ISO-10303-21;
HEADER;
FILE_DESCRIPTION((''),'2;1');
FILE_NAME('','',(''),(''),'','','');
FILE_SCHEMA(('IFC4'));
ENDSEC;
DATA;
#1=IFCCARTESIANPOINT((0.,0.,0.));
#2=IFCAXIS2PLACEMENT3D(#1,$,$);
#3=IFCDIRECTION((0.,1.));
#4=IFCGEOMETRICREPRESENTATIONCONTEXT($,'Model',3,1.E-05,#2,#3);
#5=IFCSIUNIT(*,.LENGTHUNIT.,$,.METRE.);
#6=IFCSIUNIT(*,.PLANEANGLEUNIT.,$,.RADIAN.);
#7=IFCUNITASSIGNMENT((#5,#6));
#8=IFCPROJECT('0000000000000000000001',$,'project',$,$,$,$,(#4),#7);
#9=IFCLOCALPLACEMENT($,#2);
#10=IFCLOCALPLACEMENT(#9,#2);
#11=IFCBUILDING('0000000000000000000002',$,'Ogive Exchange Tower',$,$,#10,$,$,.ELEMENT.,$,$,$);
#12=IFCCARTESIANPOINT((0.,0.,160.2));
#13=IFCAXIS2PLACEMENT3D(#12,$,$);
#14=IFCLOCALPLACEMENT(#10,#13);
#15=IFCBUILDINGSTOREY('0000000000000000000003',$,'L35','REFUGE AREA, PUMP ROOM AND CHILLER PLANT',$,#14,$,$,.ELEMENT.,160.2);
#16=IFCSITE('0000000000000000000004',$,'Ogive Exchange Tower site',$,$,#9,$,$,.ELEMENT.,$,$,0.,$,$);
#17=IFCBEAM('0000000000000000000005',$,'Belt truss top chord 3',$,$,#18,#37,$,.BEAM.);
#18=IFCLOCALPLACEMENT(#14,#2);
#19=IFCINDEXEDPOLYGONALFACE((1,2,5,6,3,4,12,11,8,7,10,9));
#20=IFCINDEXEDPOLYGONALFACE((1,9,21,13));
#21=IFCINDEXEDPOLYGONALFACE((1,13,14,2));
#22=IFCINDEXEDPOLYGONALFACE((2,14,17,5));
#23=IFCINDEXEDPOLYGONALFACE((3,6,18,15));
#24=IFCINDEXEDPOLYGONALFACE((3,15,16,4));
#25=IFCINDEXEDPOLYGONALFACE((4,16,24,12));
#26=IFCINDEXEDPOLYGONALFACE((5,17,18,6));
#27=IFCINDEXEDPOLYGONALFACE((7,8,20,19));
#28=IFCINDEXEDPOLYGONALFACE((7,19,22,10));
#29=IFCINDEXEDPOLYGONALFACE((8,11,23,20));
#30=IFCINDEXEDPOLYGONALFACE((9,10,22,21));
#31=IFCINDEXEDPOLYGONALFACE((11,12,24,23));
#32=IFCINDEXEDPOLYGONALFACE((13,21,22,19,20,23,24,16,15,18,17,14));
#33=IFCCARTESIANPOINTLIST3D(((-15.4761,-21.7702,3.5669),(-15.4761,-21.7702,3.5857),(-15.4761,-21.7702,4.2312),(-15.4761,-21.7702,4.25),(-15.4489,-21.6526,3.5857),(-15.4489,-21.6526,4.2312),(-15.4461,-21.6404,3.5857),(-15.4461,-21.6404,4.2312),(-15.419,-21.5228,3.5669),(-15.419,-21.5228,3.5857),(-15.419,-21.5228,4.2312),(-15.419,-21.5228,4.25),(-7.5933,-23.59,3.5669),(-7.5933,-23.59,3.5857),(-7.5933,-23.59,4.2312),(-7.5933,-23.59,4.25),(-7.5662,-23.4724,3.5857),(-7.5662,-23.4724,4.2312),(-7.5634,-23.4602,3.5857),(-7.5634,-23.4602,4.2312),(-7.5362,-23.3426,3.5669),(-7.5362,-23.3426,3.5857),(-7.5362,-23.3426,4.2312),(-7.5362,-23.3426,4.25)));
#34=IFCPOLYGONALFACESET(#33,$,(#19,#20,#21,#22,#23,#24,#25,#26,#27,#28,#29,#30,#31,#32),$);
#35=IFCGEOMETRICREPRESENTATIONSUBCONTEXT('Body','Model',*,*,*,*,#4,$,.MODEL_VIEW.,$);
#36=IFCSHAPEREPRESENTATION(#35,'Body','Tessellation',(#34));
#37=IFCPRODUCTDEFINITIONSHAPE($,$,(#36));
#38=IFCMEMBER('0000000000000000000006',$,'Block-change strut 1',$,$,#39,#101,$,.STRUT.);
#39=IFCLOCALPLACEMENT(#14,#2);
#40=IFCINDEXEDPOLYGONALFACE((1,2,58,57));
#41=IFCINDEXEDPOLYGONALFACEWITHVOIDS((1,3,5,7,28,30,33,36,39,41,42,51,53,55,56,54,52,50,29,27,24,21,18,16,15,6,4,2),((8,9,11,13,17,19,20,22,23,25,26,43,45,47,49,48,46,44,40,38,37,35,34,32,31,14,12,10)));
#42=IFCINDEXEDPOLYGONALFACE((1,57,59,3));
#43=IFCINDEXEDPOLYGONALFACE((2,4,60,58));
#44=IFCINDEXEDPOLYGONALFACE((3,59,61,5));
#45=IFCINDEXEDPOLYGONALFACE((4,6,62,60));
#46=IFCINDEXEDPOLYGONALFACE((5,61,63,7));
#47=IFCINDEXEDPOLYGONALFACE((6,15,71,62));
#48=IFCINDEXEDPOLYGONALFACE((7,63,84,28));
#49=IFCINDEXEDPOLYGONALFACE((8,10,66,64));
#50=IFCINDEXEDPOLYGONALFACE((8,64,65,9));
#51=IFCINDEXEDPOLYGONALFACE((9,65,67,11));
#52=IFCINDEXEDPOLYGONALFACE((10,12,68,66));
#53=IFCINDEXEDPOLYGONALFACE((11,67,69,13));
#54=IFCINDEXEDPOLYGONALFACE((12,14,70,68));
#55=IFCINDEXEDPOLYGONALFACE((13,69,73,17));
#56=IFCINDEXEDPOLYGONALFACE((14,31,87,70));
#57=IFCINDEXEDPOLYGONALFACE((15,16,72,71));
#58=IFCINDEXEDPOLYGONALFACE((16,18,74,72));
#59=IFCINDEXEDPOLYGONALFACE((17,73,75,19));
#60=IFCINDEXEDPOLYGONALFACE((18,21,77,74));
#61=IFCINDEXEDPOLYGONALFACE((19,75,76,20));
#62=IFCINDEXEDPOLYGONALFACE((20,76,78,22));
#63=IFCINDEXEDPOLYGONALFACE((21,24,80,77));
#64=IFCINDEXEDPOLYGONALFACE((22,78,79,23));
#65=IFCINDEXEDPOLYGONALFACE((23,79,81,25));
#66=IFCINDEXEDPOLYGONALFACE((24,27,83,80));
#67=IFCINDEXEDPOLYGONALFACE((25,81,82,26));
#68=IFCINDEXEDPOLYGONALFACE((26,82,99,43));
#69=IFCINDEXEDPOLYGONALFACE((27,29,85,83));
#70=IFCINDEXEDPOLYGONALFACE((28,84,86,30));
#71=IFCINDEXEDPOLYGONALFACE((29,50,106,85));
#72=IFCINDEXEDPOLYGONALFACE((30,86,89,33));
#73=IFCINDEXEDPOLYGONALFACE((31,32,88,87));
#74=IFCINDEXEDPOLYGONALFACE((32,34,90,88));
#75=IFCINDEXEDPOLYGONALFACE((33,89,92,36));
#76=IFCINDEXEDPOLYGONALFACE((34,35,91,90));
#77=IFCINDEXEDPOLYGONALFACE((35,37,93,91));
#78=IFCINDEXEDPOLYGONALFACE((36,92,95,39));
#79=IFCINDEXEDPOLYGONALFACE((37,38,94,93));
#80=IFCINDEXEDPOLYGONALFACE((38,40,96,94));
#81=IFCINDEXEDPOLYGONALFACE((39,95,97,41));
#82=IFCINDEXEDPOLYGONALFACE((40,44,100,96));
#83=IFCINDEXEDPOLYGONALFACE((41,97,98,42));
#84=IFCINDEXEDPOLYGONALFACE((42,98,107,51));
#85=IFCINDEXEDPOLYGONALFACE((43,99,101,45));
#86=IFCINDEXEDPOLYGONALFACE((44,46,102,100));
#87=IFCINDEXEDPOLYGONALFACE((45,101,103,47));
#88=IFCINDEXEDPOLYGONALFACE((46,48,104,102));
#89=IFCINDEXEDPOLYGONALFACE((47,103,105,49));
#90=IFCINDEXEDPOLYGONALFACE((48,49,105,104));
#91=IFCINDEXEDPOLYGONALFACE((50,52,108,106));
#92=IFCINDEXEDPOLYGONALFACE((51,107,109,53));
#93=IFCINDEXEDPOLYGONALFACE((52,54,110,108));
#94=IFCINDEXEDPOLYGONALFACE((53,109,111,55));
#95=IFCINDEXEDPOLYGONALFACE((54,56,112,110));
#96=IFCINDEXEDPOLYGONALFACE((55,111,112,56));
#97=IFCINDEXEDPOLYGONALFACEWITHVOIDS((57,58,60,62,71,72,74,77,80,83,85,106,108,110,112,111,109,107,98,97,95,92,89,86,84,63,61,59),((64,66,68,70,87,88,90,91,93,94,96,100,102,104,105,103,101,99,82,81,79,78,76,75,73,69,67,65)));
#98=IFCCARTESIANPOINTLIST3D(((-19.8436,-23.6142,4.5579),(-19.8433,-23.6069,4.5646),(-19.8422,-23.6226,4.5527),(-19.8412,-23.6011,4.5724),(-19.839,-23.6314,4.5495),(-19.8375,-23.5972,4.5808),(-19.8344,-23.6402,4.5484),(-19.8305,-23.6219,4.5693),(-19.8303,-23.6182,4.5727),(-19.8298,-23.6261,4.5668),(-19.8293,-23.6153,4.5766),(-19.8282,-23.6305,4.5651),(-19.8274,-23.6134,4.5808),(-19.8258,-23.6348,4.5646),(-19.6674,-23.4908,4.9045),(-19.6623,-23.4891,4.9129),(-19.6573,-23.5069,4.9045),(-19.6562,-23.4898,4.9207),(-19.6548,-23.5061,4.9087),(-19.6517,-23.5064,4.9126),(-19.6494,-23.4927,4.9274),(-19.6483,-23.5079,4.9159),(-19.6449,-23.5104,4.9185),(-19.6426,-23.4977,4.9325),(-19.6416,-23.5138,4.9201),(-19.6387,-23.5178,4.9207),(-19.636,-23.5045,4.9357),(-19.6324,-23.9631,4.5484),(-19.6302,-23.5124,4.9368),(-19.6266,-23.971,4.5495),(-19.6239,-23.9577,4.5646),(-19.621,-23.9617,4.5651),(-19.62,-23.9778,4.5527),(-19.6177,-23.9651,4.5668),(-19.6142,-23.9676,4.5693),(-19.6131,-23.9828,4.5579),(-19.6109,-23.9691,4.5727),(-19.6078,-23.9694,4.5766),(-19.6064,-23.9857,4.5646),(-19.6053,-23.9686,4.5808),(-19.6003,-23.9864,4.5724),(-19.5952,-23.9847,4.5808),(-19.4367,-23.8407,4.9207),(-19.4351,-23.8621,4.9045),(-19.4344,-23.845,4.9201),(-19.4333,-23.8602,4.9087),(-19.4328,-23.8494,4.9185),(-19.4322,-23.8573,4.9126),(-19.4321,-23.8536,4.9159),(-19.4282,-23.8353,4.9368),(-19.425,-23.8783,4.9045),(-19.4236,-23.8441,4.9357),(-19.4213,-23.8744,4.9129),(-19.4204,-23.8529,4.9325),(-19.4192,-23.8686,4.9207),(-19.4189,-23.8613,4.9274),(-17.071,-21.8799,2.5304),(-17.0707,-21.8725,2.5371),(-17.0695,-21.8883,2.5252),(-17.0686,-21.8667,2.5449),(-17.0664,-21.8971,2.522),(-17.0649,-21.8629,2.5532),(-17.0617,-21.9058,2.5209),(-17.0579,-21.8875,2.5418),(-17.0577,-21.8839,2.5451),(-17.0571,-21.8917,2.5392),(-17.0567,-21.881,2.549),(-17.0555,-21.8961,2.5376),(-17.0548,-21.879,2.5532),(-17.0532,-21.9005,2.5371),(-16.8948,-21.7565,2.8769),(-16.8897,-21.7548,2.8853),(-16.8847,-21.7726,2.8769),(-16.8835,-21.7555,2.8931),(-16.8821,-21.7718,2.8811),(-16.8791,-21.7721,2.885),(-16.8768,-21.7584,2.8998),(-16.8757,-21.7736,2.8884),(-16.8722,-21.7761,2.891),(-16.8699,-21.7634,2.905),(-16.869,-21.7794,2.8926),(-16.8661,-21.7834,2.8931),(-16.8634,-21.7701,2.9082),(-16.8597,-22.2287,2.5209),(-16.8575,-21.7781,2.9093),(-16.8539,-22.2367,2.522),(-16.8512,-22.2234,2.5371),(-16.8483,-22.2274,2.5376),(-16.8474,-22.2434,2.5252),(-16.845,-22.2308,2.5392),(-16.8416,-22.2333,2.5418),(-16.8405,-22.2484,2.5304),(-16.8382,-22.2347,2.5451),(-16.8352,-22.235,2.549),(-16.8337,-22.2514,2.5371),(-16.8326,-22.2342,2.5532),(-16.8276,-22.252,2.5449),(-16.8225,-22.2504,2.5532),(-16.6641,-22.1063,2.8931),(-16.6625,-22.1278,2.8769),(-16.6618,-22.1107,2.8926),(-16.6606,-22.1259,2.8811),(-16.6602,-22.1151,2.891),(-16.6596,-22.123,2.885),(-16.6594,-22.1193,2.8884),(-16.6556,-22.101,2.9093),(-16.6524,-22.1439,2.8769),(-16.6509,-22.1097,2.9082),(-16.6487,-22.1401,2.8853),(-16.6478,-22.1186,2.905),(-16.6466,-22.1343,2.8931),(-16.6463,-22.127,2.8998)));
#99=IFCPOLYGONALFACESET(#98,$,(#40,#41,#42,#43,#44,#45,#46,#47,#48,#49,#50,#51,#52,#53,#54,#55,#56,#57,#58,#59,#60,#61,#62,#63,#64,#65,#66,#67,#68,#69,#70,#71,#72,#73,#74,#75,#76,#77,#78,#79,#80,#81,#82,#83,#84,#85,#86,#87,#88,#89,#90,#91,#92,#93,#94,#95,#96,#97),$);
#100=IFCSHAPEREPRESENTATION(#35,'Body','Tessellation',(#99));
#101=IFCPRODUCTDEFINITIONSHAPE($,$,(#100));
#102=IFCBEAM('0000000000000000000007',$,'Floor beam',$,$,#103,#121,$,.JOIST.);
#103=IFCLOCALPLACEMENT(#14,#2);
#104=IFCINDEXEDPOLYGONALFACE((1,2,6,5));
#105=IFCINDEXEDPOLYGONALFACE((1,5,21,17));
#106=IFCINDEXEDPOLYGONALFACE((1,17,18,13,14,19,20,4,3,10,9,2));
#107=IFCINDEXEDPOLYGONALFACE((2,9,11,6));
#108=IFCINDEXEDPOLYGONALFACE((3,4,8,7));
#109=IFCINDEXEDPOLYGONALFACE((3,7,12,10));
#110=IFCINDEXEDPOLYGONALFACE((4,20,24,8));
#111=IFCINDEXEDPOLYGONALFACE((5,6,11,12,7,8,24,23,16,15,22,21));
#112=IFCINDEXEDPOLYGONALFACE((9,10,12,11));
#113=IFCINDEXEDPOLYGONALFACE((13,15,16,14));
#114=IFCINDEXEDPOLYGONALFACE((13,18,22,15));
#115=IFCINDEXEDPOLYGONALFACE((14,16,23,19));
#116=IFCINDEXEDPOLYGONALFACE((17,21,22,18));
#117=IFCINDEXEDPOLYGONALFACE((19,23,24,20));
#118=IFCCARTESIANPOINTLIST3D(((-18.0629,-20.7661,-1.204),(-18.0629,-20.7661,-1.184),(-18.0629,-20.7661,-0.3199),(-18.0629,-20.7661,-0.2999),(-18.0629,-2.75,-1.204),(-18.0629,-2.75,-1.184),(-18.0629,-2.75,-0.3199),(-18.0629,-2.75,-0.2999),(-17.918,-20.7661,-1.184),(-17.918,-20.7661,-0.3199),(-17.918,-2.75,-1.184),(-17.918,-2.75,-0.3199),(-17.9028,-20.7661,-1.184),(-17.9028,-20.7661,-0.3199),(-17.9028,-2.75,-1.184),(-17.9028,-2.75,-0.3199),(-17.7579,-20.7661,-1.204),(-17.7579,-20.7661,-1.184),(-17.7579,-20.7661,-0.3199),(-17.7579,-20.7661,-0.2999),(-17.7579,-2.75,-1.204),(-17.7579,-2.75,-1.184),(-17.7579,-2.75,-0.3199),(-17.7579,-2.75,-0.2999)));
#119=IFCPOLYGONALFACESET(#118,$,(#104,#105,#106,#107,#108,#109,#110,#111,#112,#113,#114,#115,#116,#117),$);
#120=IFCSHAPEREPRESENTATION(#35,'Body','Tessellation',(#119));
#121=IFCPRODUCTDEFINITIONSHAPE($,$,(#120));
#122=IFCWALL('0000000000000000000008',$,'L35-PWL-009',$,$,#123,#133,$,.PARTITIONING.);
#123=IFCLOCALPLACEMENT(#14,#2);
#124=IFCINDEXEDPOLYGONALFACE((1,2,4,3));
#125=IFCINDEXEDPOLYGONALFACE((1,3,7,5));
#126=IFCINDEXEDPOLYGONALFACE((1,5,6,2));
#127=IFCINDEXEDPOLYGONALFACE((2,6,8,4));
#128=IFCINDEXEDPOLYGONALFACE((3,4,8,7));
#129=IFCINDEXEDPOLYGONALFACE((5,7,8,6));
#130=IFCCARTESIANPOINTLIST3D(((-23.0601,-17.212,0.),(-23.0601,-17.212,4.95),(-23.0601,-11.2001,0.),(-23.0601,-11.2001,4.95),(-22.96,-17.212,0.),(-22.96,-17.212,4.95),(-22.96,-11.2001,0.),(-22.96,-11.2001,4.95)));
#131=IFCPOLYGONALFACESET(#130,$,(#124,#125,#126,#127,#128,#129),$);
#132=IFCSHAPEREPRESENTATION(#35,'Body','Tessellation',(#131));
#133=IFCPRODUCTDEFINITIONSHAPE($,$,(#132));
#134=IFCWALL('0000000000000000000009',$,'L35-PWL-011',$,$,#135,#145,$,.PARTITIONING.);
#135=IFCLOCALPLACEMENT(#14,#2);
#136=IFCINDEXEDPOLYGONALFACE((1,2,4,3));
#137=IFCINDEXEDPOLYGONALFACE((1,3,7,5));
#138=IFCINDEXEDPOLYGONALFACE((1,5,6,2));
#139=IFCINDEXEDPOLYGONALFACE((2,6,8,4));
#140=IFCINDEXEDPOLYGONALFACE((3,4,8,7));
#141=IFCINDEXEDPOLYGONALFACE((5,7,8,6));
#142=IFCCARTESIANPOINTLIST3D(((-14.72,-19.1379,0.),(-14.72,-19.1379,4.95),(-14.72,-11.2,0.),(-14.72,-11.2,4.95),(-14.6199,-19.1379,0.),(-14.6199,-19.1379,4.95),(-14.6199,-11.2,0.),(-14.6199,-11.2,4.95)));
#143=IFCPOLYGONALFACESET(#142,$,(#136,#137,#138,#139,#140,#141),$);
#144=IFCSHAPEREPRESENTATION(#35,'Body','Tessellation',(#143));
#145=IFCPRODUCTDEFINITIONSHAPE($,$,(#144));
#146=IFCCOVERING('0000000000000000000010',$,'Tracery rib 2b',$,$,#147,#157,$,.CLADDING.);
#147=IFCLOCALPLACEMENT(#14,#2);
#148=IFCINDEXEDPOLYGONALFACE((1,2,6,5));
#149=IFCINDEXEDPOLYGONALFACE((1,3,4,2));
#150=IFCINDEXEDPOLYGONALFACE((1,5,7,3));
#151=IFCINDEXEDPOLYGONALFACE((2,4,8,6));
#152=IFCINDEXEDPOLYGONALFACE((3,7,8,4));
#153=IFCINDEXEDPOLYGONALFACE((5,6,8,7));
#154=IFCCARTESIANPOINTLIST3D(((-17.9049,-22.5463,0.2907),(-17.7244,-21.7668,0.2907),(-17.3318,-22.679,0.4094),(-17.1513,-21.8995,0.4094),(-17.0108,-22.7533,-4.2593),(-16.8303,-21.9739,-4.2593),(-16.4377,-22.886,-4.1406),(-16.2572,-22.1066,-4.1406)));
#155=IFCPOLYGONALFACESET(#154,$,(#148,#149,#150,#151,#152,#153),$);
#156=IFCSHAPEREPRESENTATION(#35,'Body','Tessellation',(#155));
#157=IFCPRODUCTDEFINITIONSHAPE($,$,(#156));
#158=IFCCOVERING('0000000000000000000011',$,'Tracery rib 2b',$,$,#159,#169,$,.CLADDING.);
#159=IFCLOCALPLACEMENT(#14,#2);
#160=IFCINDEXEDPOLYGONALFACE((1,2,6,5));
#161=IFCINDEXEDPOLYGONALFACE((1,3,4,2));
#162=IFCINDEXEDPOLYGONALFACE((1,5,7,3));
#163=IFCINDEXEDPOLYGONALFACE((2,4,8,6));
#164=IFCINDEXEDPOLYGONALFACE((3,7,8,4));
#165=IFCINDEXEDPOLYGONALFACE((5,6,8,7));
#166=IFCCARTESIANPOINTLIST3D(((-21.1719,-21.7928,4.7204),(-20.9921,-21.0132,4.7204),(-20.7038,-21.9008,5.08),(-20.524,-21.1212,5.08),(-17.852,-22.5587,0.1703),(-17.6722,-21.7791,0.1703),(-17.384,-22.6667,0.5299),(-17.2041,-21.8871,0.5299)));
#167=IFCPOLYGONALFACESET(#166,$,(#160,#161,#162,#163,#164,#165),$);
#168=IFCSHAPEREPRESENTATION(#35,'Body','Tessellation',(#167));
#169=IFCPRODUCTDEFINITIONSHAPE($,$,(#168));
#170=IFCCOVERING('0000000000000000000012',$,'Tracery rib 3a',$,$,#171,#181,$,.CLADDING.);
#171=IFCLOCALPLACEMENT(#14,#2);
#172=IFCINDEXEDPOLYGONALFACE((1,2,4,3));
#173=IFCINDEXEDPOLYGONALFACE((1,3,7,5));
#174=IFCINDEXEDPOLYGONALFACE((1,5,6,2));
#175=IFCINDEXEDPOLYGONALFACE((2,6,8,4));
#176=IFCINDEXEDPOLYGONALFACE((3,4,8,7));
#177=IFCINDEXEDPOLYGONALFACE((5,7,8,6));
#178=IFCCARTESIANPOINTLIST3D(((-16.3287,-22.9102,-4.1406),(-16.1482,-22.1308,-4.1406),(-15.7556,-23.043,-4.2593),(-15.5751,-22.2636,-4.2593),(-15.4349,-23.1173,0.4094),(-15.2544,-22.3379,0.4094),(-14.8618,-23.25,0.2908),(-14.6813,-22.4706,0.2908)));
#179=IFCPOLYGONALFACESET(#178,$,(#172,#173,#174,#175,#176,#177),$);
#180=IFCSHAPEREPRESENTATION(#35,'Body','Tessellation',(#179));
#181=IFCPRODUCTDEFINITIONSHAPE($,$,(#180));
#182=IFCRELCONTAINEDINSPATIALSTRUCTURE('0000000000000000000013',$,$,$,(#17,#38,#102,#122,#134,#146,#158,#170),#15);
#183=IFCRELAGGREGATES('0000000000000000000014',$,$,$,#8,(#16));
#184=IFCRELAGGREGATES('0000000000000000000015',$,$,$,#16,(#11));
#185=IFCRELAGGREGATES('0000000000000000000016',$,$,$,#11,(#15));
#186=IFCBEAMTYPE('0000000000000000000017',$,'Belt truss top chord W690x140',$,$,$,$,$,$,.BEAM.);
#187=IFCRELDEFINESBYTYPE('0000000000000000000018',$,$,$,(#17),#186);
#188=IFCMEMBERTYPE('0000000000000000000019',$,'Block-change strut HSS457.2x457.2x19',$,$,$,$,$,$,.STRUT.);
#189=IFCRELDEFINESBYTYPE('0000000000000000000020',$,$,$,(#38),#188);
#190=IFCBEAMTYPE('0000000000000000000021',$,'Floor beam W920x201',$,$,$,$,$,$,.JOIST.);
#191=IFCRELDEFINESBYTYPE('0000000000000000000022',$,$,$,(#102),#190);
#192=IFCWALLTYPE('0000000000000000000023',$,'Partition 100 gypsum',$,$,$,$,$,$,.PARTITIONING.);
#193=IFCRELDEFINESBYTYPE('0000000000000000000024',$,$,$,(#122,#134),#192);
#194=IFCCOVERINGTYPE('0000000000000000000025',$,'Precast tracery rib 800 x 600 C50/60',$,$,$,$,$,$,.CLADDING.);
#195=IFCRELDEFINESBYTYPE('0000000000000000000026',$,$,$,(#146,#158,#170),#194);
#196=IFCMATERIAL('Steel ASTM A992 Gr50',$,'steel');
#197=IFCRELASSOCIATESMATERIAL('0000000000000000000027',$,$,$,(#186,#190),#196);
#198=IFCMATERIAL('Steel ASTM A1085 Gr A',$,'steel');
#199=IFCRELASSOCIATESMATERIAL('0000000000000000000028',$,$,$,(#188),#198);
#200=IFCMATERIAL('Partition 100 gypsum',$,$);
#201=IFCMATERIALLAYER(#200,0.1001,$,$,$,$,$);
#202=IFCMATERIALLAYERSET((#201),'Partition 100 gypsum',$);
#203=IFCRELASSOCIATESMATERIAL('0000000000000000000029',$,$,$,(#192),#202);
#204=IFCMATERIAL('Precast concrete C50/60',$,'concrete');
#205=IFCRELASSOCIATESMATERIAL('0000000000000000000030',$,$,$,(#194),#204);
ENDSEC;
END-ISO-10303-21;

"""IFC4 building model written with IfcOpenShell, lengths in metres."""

from ifc_helpers import new_model, si_unit, direction, frame, frame_2d, origin, origin_2d, place, context, subcontext, project, spatial, rectangle, hollow_rectangle, i_section, extrude, material, layer, layer_set, material_profile, profile_set, type_object, element, save


model = new_model("IFC4")

# Units and contexts
model_context = context("Model", 3, precision=1e-05, world=origin(), true_north=direction((0.0, 1.0)))
body_context = subcontext(model_context, "Body", "Model", "MODEL_VIEW")
ifc_project = project(units=[si_unit("LENGTHUNIT", "METRE"), si_unit("PLANEANGLEUNIT", "RADIAN")], contexts=[model_context])

# Site, building, storey
site_placement = place(None, origin())
site = spatial("IfcSite", under=ifc_project, at=site_placement, Name="Ogive Exchange Tower site", CompositionType="ELEMENT", RefElevation=0.0)
building_placement = place(site_placement, origin())
building = spatial("IfcBuilding", under=site, at=building_placement, Name="Ogive Exchange Tower", CompositionType="ELEMENT")
storey_placement = place(building_placement, frame((0.0, 0.0, 160.2)))
storey = spatial("IfcBuildingStorey", under=building, at=storey_placement, Name="L35", Description="REFUGE AREA, PUMP ROOM AND CHILLER PLANT", CompositionType="ELEMENT", Elevation=160.2)

# Shared definitions
ifc_material_1 = material(Name="Steel ASTM A992 Gr50", Category="steel")

# Shared definitions
ifc_material_2 = material(Name="Steel ASTM A1085 Gr A", Category="steel")

# Beam
ifc_material_profile_1 = material_profile(ifc_material_1, i_section(OverallWidth=0.2539, OverallDepth=0.6831, WebThickness=0.0125, FlangeThickness=0.0188, at=origin_2d()), Name="W690x140")
ifc_profile_set_1 = profile_set([ifc_material_profile_1], Name="Steel ASTM A992 Gr50")
beam_type_1 = type_object("IfcBeamType", Name="Belt truss top chord W690x140", PredefinedType="BEAM", material=ifc_profile_set_1)
beam_1_placement = place(storey_placement, frame((-15.4475, -21.6465, 3.9084), z_axis=(0.974372, -0.224943, 0.0), x_axis=(0.224943, 0.974372, 0.0)))
element("IfcBeam", 1, at=beam_1_placement, inside=storey, type_object=beam_type_1, Name="Belt truss top chord 3", PredefinedType="BEAM", context=body_context, shape_type="SweptSolid", body=[
    extrude(i_section(OverallWidth=0.2539, OverallDepth=0.6831, WebThickness=0.0125, FlangeThickness=0.0188, at=origin_2d()), origin(), (0.0, 0.0, 1.0), 8.0901),
])

# Member
ifc_material_profile_2 = material_profile(ifc_material_2, hollow_rectangle(XDim=0.457, YDim=0.457, WallThickness=0.019, InnerFilletRadius=0.019, OuterFilletRadius=0.0381, at=origin_2d()), Name="HSS457.2x457.2x19")
ifc_profile_set_2 = profile_set([ifc_material_profile_2], Name="Steel ASTM A1085 Gr A")
member_type_1 = type_object("IfcMemberType", Name="Block-change strut HSS457.2x457.2x19", PredefinedType="STRUT", material=ifc_profile_set_2)
member_placement = place(storey_placement, frame((-16.8586, -22.0034, 2.7151), z_axis=(-0.720558, -0.450722, 0.526921), x_axis=(0.530314, -0.847801, 0.0)))
element("IfcMember", 2, at=member_placement, inside=storey, type_object=member_type_1, Name="Block-change strut 1", PredefinedType="STRUT", context=body_context, shape_type="SweptSolid", body=[
    extrude(hollow_rectangle(XDim=0.457, YDim=0.457, WallThickness=0.019, InnerFilletRadius=0.019, OuterFilletRadius=0.0381, at=origin_2d()), origin(), (0.0, 0.0, 1.0), 3.8479),
])

# Beam
ifc_material_profile_3 = material_profile(ifc_material_1, i_section(OverallWidth=0.3049, OverallDepth=0.9041, WebThickness=0.0151, FlangeThickness=0.02, at=origin_2d()), Name="W920x201")
ifc_profile_set_3 = profile_set([ifc_material_profile_3], Name="Steel ASTM A992 Gr50")
beam_type_2 = type_object("IfcBeamType", Name="Floor beam W920x201", PredefinedType="JOIST", material=ifc_profile_set_3)
beam_2_placement = place(storey_placement, frame((-17.9104, -20.7661, -0.752), z_axis=(0.0, 1.0, 0.0), x_axis=(-1.0, 0.0, 0.0)))
element("IfcBeam", 3, at=beam_2_placement, inside=storey, type_object=beam_type_2, Name="Floor beam", PredefinedType="JOIST", context=body_context, shape_type="SweptSolid", body=[
    extrude(i_section(OverallWidth=0.3049, OverallDepth=0.9041, WebThickness=0.0151, FlangeThickness=0.02, at=origin_2d()), origin(), (0.0, 0.0, 1.0), 18.0161),
])

# Walls
ifc_material_3 = material(Name="Partition 100 gypsum")
ifc_layer = layer(ifc_material_3, 0.1001)
ifc_layer_set = layer_set([ifc_layer], Name="Partition 100 gypsum")
wall_type = type_object("IfcWallType", Name="Partition 100 gypsum", PredefinedType="PARTITIONING", material=ifc_layer_set)
wall_1_placement = place(storey_placement, frame((-23.01, -17.2119, 0.0), z_axis=(0.0, 0.0, 1.0), x_axis=(0.0, 1.0, 0.0)))
element("IfcWall", 4, at=wall_1_placement, inside=storey, type_object=wall_type, Name="L35-PWL-009", PredefinedType="PARTITIONING", context=body_context, shape_type="SweptSolid", body=[
    extrude(rectangle(XDim=6.012, YDim=0.1001, at=frame_2d((3.0059, 0.0))), origin(), (0.0, 0.0, 1.0), 4.95),
])
wall_2_placement = place(storey_placement, frame((-14.6699, -19.1379, 0.0), z_axis=(0.0, 0.0, 1.0), x_axis=(0.0, 1.0, 0.0)))
element("IfcWall", 5, at=wall_2_placement, inside=storey, type_object=wall_type, Name="L35-PWL-011", PredefinedType="PARTITIONING", context=body_context, shape_type="SweptSolid", body=[
    extrude(rectangle(XDim=7.938, YDim=0.1001, at=frame_2d((3.969, 0.0))), origin(), (0.0, 0.0, 1.0), 4.95),
])

# Coverings
ifc_material_4 = material(Name="Precast concrete C50/60", Category="concrete")
ifc_material_profile_4 = material_profile(ifc_material_4, rectangle(XDim=0.8, YDim=0.6001, at=origin_2d()), Name="RIB 800 x 600")
ifc_profile_set_4 = profile_set([ifc_material_profile_4], Name="Precast concrete C50/60")
covering_type = type_object("IfcCoveringType", Name="Precast tracery rib 800 x 600 C50/60", PredefinedType="CLADDING", material=ifc_profile_set_4)
covering_1_placement = place(storey_placement, frame((-16.634, -22.4299, -4.2), z_axis=(-0.192612, 0.044603, 0.980261), x_axis=(-0.225598, -0.974221, 0.0)))
element("IfcCovering", 6, at=covering_1_placement, inside=storey, type_object=covering_type, Name="Tracery rib 2b", PredefinedType="CLADDING", context=body_context, shape_type="SweptSolid", body=[
    extrude(rectangle(XDim=0.8, YDim=0.6001, at=origin_2d()), origin(), (0.0, 0.0, 1.0), 4.6416),
])
covering_2_placement = place(storey_placement, frame((-17.5281, -22.2229, 0.3501), z_axis=(-0.584039, 0.134735, 0.800466), x_axis=(-0.224791, -0.974407, 0.0)))
element("IfcCovering", 7, at=covering_2_placement, inside=storey, type_object=covering_type, Name="Tracery rib 2b", PredefinedType="CLADDING", context=body_context, shape_type="SweptSolid", body=[
    extrude(rectangle(XDim=0.8, YDim=0.6001, at=origin_2d()), origin(), (0.0, 0.0, 1.0), 5.6843),
])
covering_3_placement = place(storey_placement, frame((-15.9519, -22.5869, -4.2), z_axis=(0.192562, -0.044603, 0.980271), x_axis=(0.225656, 0.974207, 0.0)))
element("IfcCovering", 8, at=covering_3_placement, inside=storey, type_object=covering_type, Name="Tracery rib 3a", PredefinedType="CLADDING", context=body_context, shape_type="SweptSolid", body=[
    extrude(rectangle(XDim=0.8, YDim=0.6001, at=origin_2d()), origin(), (0.0, 0.0, 1.0), 4.6416),
])

save(model, "model.ifc")
